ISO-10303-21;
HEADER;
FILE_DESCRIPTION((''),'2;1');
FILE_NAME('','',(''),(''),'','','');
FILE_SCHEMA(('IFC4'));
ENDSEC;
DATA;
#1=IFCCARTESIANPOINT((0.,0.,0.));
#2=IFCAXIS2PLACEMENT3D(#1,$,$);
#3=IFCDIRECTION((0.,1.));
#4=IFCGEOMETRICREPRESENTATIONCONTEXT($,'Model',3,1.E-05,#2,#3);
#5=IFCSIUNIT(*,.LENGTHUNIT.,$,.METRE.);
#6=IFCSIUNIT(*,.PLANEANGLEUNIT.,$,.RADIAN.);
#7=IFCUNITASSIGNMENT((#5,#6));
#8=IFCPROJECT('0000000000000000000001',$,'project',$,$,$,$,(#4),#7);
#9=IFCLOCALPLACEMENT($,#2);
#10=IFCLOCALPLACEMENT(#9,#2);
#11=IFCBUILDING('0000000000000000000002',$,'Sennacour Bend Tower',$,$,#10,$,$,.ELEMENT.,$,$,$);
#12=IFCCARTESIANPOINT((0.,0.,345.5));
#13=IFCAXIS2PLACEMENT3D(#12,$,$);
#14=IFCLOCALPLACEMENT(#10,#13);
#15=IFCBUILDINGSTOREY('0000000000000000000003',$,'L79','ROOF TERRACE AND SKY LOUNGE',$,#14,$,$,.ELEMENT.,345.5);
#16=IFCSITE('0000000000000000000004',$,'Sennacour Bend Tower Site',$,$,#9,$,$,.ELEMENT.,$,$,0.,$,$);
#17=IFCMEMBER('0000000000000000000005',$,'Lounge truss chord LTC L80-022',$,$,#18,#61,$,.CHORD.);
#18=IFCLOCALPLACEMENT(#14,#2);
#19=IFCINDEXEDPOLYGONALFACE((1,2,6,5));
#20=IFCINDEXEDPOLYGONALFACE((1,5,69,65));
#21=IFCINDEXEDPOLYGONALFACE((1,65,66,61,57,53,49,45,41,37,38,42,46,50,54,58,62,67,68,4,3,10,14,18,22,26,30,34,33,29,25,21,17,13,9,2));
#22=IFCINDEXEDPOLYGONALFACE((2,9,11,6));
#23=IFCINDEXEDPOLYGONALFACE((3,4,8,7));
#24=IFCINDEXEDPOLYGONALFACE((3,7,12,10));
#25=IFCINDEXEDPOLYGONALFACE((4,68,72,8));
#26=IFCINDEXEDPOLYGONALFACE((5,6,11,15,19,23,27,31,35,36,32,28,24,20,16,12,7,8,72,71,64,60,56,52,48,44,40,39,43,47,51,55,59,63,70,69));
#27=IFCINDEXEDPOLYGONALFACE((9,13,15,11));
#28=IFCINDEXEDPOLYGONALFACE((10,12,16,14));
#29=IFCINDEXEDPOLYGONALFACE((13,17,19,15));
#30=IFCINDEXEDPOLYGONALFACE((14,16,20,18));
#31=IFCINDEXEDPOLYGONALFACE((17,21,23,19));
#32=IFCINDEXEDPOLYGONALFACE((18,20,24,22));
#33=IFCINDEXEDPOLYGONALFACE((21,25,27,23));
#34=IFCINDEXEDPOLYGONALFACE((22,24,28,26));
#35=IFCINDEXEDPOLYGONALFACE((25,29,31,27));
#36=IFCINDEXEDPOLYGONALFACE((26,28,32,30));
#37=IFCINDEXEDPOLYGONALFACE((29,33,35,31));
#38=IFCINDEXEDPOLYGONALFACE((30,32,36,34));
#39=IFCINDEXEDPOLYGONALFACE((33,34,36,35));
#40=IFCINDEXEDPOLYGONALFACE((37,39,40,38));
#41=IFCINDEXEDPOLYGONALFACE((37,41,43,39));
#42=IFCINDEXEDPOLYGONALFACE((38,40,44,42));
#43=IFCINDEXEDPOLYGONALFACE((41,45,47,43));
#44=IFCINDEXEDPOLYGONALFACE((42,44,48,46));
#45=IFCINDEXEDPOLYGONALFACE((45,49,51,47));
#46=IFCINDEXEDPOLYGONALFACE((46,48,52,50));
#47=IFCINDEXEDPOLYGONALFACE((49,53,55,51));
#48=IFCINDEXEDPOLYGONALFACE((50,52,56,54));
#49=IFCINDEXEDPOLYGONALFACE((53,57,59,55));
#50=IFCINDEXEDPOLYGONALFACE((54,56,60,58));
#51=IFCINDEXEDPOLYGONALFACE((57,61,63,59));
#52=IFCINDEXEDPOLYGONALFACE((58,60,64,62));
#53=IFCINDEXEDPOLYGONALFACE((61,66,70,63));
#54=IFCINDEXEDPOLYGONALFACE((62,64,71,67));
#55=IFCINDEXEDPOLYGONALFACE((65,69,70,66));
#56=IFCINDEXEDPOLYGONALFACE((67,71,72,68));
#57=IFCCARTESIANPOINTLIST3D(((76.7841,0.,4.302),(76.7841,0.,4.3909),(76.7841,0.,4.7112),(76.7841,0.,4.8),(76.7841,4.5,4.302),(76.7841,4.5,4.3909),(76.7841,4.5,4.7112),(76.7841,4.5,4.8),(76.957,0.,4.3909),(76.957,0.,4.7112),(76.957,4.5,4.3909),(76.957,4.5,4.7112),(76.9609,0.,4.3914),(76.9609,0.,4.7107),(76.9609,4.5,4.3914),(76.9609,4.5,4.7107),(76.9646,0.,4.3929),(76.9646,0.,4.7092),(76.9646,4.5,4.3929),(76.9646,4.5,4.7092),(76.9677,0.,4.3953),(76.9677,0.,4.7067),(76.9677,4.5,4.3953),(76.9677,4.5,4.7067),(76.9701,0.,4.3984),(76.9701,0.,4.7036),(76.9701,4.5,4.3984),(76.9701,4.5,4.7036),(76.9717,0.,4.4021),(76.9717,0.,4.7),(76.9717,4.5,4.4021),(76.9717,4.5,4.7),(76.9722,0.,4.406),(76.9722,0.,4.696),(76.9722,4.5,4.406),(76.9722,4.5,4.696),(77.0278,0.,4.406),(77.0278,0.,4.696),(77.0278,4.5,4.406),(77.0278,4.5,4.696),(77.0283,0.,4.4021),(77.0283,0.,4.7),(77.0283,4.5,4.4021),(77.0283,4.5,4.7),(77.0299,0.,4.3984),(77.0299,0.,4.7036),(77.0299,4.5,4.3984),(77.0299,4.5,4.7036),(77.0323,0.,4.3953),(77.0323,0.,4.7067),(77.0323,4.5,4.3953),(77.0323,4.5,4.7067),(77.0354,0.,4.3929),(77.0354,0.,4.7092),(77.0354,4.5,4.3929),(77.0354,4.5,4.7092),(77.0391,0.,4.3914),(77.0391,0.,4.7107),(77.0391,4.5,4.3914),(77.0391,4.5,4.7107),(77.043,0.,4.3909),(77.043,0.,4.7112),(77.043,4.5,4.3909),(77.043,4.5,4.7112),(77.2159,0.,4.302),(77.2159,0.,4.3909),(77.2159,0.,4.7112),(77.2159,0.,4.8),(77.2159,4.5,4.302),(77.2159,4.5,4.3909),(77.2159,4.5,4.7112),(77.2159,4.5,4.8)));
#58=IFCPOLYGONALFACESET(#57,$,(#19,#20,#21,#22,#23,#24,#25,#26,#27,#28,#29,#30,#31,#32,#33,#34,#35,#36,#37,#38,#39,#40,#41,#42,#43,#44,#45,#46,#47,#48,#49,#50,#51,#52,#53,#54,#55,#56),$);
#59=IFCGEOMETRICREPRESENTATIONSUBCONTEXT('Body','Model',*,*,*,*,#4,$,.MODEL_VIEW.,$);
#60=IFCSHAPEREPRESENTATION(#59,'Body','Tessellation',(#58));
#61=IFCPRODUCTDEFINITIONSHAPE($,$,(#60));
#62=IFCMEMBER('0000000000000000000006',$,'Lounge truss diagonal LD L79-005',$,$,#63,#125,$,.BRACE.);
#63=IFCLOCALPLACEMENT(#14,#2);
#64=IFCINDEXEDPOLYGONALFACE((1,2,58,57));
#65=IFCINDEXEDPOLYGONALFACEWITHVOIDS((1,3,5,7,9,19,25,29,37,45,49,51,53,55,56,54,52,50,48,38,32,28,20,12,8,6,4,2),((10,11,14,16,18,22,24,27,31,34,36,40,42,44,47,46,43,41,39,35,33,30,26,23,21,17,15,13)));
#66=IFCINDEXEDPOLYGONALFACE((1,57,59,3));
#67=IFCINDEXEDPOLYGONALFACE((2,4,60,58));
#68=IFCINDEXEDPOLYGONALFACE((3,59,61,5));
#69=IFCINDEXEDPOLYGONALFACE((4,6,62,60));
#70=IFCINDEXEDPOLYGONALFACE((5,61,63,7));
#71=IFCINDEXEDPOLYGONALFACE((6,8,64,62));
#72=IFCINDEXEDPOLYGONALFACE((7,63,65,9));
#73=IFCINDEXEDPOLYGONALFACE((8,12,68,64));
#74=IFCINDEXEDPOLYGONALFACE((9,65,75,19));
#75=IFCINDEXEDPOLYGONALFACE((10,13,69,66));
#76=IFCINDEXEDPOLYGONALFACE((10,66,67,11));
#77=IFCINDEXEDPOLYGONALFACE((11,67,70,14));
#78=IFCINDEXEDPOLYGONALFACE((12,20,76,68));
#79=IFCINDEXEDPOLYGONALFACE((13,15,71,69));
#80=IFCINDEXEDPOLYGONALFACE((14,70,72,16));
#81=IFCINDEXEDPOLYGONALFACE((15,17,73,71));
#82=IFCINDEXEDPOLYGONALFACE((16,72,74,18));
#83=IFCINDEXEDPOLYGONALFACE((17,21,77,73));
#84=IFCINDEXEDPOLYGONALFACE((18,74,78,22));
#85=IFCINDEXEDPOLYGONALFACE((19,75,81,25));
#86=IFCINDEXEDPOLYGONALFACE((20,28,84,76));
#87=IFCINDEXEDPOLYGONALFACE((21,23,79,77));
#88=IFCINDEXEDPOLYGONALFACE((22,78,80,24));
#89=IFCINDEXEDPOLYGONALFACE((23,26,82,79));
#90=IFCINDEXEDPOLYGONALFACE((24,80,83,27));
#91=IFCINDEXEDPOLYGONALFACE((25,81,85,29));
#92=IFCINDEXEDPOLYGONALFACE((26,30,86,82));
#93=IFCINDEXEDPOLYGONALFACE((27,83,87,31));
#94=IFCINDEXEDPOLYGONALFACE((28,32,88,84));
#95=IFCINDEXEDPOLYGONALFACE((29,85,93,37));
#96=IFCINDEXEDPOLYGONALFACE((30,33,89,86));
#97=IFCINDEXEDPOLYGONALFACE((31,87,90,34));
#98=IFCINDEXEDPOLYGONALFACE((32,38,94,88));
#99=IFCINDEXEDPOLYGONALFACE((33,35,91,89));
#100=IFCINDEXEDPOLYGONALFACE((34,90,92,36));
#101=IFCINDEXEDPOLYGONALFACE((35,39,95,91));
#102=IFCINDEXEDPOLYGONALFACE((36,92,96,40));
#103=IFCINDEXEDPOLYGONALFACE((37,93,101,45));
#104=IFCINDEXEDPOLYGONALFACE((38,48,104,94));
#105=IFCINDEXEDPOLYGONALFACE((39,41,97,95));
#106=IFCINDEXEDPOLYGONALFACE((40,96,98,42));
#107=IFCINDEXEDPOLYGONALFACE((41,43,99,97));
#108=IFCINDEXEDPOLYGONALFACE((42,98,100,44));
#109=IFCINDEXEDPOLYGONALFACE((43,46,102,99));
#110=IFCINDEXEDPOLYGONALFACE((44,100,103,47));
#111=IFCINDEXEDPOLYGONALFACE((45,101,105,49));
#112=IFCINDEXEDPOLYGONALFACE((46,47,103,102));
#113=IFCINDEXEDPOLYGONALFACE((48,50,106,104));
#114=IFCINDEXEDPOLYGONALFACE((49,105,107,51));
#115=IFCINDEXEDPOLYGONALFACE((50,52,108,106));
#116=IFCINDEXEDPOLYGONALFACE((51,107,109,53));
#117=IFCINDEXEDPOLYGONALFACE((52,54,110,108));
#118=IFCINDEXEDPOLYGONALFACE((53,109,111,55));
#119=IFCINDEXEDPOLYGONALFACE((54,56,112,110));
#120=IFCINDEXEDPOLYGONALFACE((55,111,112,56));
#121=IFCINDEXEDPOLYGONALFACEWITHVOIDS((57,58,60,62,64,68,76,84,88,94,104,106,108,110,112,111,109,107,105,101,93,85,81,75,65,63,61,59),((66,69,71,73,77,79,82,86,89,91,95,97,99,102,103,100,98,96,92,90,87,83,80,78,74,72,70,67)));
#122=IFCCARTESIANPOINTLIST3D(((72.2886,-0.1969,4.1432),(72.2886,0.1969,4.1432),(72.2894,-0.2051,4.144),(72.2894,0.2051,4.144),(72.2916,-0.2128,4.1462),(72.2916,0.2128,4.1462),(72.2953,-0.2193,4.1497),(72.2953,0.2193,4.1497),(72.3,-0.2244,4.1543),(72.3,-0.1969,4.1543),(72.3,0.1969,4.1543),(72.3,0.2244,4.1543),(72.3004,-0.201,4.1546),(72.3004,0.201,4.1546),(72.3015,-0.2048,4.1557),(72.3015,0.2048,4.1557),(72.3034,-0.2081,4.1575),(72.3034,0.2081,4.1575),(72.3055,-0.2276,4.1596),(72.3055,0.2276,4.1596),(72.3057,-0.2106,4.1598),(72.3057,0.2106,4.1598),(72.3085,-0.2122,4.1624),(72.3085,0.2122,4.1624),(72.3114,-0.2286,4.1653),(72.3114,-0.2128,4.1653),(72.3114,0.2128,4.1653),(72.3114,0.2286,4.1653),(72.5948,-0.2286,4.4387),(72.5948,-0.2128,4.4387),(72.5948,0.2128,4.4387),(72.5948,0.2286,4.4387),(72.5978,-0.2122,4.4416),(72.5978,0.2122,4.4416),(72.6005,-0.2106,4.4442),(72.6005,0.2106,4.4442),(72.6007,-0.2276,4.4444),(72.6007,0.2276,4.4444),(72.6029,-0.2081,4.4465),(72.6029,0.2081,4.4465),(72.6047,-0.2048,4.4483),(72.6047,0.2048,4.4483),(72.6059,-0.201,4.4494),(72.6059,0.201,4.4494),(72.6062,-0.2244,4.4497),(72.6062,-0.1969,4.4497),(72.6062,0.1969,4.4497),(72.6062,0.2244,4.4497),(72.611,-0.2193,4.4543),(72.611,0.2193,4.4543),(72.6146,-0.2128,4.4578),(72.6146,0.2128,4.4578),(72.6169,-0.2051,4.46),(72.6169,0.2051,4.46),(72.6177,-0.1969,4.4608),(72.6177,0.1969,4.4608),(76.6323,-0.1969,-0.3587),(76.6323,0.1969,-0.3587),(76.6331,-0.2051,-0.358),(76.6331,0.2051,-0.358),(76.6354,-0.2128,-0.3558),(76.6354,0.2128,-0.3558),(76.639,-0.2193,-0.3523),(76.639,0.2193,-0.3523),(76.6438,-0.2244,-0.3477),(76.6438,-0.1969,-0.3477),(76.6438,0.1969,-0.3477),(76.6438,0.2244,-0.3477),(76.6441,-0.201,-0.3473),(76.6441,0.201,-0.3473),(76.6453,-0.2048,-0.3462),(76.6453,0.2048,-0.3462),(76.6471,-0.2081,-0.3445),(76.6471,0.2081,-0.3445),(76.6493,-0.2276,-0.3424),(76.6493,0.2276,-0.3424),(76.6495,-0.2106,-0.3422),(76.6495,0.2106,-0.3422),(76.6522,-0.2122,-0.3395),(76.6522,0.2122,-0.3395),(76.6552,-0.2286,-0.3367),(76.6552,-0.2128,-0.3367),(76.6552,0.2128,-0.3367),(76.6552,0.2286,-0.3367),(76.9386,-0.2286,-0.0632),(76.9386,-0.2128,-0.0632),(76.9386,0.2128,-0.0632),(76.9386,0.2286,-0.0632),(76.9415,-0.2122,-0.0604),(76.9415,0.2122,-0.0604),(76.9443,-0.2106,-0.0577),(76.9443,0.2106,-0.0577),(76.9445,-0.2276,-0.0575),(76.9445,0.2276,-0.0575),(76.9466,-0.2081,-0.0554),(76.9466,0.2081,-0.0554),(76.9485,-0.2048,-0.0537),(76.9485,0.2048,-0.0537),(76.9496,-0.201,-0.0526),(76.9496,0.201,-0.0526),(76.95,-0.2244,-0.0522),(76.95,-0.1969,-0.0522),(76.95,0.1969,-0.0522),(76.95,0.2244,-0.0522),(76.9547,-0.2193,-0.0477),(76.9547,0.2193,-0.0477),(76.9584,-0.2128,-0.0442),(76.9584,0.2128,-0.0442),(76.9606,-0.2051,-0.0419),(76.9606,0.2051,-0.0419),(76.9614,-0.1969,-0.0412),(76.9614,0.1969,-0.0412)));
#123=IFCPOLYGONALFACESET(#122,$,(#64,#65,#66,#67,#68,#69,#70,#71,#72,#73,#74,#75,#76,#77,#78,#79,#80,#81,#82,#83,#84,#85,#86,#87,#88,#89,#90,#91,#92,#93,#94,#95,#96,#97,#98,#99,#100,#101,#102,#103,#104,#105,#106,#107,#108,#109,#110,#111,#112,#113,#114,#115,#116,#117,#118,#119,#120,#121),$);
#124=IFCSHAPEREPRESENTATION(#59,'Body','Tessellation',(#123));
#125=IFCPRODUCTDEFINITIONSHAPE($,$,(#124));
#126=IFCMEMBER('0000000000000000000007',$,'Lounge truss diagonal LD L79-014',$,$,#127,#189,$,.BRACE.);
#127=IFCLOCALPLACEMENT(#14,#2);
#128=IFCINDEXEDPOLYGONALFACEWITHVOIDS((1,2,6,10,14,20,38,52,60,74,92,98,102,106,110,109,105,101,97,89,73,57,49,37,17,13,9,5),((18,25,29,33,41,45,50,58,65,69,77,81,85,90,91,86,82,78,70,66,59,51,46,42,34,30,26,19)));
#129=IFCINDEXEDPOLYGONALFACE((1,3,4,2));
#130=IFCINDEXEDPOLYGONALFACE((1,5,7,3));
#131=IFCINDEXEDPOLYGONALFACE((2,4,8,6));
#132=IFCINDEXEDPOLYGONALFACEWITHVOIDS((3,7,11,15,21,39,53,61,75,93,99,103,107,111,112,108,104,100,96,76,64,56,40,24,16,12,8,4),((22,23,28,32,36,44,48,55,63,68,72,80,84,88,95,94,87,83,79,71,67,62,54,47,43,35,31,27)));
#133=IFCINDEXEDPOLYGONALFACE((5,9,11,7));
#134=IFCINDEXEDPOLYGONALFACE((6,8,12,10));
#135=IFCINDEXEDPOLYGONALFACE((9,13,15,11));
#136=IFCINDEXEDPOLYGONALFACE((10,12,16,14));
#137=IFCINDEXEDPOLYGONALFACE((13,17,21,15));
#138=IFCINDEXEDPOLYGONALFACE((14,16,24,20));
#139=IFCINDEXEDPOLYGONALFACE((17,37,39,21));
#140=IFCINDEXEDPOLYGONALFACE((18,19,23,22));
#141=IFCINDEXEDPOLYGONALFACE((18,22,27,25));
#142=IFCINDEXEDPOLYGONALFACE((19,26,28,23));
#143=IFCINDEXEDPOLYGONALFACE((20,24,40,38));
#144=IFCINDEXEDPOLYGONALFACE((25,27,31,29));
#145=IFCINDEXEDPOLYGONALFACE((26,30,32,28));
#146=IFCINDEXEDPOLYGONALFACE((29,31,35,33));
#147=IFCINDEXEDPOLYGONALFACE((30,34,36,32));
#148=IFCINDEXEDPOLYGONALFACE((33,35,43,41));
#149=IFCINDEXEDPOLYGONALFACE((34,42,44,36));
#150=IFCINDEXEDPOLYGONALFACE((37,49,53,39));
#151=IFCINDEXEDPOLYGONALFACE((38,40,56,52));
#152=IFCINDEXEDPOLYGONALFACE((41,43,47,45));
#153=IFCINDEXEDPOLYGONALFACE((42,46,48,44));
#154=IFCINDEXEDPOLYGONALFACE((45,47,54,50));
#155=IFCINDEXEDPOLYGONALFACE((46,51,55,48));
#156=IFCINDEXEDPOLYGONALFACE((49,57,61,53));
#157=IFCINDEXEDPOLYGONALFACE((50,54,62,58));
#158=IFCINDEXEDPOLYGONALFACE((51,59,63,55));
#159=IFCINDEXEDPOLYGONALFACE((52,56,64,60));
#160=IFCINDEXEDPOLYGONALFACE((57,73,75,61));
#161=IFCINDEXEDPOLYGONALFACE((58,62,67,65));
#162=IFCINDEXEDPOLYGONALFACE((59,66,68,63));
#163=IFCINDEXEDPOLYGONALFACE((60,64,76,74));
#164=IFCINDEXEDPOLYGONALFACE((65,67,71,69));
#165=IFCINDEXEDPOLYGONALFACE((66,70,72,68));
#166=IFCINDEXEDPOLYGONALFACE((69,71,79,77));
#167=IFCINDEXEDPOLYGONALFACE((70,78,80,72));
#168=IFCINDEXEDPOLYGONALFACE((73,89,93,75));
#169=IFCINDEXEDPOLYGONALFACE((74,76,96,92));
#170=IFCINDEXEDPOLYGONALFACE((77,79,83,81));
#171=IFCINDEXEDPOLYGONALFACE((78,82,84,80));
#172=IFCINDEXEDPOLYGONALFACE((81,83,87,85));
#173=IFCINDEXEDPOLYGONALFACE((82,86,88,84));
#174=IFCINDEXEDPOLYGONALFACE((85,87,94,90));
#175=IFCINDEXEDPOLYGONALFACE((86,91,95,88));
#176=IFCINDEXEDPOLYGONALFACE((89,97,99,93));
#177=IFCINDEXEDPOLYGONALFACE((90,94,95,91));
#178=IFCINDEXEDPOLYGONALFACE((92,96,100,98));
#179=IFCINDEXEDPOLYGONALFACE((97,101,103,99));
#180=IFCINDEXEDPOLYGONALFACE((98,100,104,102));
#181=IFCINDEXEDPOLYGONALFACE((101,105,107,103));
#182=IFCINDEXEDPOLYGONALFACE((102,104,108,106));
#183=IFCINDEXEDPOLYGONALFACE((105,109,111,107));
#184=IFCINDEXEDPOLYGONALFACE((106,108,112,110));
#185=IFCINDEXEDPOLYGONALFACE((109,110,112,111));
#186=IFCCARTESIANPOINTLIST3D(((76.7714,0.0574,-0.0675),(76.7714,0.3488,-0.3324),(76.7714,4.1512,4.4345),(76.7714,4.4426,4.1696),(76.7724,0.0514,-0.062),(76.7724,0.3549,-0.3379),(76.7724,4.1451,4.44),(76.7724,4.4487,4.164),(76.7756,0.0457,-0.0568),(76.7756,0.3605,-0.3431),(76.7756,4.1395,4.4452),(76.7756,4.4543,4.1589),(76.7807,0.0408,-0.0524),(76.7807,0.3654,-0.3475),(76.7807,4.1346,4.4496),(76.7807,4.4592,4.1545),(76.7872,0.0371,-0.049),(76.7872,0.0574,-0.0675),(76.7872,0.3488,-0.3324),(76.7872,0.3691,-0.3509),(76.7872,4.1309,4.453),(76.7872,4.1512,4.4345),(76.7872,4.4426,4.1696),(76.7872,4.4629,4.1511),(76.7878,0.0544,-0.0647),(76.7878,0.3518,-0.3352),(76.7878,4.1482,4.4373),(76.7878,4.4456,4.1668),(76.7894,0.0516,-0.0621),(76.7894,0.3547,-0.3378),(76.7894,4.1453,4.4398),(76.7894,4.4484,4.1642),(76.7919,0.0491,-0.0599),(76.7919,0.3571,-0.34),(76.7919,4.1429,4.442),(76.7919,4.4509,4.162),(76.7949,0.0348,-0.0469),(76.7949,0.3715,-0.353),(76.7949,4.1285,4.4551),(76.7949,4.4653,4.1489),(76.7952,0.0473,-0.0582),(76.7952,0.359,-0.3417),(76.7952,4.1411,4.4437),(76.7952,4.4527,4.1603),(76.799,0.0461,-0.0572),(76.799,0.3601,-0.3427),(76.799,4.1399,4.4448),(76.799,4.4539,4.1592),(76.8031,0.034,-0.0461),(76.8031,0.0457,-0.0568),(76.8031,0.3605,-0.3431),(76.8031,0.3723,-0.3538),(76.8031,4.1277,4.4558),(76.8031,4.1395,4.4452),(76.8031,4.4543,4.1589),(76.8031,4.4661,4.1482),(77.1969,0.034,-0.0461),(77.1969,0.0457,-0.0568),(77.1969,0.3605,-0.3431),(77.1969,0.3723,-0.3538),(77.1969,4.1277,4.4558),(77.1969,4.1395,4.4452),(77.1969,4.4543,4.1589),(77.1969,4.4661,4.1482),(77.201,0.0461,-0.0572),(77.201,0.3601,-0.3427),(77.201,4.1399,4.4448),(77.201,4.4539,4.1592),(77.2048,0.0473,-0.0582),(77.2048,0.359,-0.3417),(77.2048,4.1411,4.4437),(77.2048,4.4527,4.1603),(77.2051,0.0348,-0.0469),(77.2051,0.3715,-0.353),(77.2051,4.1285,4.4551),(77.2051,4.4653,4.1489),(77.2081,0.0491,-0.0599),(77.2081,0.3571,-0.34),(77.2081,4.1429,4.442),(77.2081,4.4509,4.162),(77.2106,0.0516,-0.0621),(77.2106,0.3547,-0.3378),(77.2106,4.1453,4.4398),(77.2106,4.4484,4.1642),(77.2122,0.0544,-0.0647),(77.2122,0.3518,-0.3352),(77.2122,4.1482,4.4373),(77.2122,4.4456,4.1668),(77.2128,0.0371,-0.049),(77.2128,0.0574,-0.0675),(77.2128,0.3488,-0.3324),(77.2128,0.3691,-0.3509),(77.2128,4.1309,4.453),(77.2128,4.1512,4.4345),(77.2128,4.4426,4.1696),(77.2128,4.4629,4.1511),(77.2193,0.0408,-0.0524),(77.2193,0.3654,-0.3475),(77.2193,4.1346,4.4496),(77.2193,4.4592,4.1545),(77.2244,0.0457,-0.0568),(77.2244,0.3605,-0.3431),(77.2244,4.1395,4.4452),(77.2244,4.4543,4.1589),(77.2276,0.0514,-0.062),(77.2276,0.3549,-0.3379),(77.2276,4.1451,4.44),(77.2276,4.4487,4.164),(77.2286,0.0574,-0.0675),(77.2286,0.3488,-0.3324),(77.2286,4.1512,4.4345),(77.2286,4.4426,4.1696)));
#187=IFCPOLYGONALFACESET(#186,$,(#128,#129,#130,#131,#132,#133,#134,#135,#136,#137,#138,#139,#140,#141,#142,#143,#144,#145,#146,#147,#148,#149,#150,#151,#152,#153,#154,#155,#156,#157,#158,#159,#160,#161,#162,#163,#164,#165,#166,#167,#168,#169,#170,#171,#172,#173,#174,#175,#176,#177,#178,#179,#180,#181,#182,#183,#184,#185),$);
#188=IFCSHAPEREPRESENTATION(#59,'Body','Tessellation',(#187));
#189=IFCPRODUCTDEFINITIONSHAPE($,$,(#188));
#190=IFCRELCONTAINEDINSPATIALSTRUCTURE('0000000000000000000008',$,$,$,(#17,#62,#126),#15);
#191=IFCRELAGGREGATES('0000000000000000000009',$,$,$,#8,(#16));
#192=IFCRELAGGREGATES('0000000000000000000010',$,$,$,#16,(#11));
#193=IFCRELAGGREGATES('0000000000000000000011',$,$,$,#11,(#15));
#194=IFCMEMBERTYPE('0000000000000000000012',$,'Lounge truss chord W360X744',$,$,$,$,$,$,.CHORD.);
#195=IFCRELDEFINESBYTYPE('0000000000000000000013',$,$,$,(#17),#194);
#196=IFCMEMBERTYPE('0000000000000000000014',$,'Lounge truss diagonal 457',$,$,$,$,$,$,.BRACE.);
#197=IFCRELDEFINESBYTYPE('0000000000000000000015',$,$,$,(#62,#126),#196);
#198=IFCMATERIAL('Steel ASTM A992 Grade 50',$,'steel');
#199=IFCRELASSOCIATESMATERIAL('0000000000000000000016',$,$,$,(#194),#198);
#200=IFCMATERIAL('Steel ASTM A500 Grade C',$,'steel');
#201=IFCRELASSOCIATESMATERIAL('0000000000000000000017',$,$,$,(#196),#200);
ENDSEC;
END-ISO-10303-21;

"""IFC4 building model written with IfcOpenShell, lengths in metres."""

from ifc_helpers import new_model, si_unit, direction, frame, origin, origin_2d, place, context, subcontext, project, spatial, hollow_rectangle, i_section, extrude, material, material_profile, profile_set, type_object, element, save


model = new_model("IFC4")

# Units and contexts
model_context = context("Model", 3, precision=1e-05, world=origin(), true_north=direction((0.0, 1.0)))
body_context = subcontext(model_context, "Body", "Model", "MODEL_VIEW")
ifc_project = project(units=[si_unit("LENGTHUNIT", "METRE"), si_unit("PLANEANGLEUNIT", "RADIAN")], contexts=[model_context])

# Site, building, storey
site_placement = place(None, origin())
site = spatial("IfcSite", under=ifc_project, at=site_placement, Name="Sennacour Bend Tower Site", CompositionType="ELEMENT", RefElevation=0.0)
building_placement = place(site_placement, origin())
building = spatial("IfcBuilding", under=site, at=building_placement, Name="Sennacour Bend Tower", CompositionType="ELEMENT")
storey_placement = place(building_placement, frame((0.0, 0.0, 345.5)))
storey = spatial("IfcBuildingStorey", under=building, at=storey_placement, Name="L79", Description="ROOF TERRACE AND SKY LOUNGE", CompositionType="ELEMENT", Elevation=345.5)

# Shared definitions
ifc_material_1 = material(Name="Steel ASTM A992 Grade 50", Category="steel")

# Members
ifc_material_profile_1 = material_profile(ifc_material_1, i_section(OverallWidth=0.4319, OverallDepth=0.498, WebThickness=0.0557, FlangeThickness=0.0889, FilletRadius=0.0151, at=origin_2d()), Name="Steel ASTM A992 Grade 50", Category="steel")
ifc_profile_set_1 = profile_set([ifc_material_profile_1], Name="Steel ASTM A992 Grade 50")
member_type_1 = type_object("IfcMemberType", Name="Lounge truss chord W360X744", PredefinedType="CHORD", material=ifc_profile_set_1)
member_1_placement = place(storey_placement, frame((77.0, 0.0, 4.551), z_axis=(0.0, 1.0, 0.0), x_axis=(-1.0, 0.0, 0.0)))
element("IfcMember", 1, at=member_1_placement, inside=storey, type_object=member_type_1, Name="Lounge truss chord LTC L80-022", PredefinedType="CHORD", context=body_context, shape_type="SweptSolid", body=[
    extrude(i_section(OverallWidth=0.4319, OverallDepth=0.498, WebThickness=0.0557, FlangeThickness=0.0889, FilletRadius=0.0151, at=origin_2d()), origin(), (0.0, 0.0, 1.0), 4.5),
])
ifc_material_2 = material(Name="Steel ASTM A500 Grade C", Category="steel")
ifc_material_profile_2 = material_profile(ifc_material_2, hollow_rectangle(XDim=0.4573, YDim=0.4573, WallThickness=0.0159, InnerFilletRadius=0.0159, OuterFilletRadius=0.0317, at=origin_2d()), Name="Steel ASTM A500 Grade C", Category="steel")
ifc_profile_set_2 = profile_set([ifc_material_profile_2], Name="Steel ASTM A500 Grade C")
member_type_2 = type_object("IfcMemberType", Name="Lounge truss diagonal 457", PredefinedType="BRACE", material=ifc_profile_set_2)
member_2_placement = place(storey_placement, frame((72.4531, 0.0, 4.302), z_axis=(0.694349, 0.0, -0.719638), x_axis=(0.0, 1.0, 0.0)))
element("IfcMember", 2, at=member_2_placement, inside=storey, type_object=member_type_2, Name="Lounge truss diagonal LD L79-005", PredefinedType="BRACE", context=body_context, shape_type="SweptSolid", body=[
    extrude(hollow_rectangle(XDim=0.4573, YDim=0.4573, WallThickness=0.0159, InnerFilletRadius=0.0159, OuterFilletRadius=0.0317, at=origin_2d()), origin(), (0.0, 0.0, 1.0), 6.2559),
])
member_3_placement = place(storey_placement, frame((77.0, 0.2031, -0.2), z_axis=(0.0, 0.672769, 0.739853), x_axis=(-1.0, 0.0, 0.0)))
element("IfcMember", 3, at=member_3_placement, inside=storey, type_object=member_type_2, Name="Lounge truss diagonal LD L79-014", PredefinedType="BRACE", context=body_context, shape_type="SweptSolid", body=[
    extrude(hollow_rectangle(XDim=0.4573, YDim=0.4573, WallThickness=0.0159, InnerFilletRadius=0.0159, OuterFilletRadius=0.0317, at=origin_2d()), origin(), (0.0, 0.0, 1.0), 6.085),
])

save(model, "model.ifc")
